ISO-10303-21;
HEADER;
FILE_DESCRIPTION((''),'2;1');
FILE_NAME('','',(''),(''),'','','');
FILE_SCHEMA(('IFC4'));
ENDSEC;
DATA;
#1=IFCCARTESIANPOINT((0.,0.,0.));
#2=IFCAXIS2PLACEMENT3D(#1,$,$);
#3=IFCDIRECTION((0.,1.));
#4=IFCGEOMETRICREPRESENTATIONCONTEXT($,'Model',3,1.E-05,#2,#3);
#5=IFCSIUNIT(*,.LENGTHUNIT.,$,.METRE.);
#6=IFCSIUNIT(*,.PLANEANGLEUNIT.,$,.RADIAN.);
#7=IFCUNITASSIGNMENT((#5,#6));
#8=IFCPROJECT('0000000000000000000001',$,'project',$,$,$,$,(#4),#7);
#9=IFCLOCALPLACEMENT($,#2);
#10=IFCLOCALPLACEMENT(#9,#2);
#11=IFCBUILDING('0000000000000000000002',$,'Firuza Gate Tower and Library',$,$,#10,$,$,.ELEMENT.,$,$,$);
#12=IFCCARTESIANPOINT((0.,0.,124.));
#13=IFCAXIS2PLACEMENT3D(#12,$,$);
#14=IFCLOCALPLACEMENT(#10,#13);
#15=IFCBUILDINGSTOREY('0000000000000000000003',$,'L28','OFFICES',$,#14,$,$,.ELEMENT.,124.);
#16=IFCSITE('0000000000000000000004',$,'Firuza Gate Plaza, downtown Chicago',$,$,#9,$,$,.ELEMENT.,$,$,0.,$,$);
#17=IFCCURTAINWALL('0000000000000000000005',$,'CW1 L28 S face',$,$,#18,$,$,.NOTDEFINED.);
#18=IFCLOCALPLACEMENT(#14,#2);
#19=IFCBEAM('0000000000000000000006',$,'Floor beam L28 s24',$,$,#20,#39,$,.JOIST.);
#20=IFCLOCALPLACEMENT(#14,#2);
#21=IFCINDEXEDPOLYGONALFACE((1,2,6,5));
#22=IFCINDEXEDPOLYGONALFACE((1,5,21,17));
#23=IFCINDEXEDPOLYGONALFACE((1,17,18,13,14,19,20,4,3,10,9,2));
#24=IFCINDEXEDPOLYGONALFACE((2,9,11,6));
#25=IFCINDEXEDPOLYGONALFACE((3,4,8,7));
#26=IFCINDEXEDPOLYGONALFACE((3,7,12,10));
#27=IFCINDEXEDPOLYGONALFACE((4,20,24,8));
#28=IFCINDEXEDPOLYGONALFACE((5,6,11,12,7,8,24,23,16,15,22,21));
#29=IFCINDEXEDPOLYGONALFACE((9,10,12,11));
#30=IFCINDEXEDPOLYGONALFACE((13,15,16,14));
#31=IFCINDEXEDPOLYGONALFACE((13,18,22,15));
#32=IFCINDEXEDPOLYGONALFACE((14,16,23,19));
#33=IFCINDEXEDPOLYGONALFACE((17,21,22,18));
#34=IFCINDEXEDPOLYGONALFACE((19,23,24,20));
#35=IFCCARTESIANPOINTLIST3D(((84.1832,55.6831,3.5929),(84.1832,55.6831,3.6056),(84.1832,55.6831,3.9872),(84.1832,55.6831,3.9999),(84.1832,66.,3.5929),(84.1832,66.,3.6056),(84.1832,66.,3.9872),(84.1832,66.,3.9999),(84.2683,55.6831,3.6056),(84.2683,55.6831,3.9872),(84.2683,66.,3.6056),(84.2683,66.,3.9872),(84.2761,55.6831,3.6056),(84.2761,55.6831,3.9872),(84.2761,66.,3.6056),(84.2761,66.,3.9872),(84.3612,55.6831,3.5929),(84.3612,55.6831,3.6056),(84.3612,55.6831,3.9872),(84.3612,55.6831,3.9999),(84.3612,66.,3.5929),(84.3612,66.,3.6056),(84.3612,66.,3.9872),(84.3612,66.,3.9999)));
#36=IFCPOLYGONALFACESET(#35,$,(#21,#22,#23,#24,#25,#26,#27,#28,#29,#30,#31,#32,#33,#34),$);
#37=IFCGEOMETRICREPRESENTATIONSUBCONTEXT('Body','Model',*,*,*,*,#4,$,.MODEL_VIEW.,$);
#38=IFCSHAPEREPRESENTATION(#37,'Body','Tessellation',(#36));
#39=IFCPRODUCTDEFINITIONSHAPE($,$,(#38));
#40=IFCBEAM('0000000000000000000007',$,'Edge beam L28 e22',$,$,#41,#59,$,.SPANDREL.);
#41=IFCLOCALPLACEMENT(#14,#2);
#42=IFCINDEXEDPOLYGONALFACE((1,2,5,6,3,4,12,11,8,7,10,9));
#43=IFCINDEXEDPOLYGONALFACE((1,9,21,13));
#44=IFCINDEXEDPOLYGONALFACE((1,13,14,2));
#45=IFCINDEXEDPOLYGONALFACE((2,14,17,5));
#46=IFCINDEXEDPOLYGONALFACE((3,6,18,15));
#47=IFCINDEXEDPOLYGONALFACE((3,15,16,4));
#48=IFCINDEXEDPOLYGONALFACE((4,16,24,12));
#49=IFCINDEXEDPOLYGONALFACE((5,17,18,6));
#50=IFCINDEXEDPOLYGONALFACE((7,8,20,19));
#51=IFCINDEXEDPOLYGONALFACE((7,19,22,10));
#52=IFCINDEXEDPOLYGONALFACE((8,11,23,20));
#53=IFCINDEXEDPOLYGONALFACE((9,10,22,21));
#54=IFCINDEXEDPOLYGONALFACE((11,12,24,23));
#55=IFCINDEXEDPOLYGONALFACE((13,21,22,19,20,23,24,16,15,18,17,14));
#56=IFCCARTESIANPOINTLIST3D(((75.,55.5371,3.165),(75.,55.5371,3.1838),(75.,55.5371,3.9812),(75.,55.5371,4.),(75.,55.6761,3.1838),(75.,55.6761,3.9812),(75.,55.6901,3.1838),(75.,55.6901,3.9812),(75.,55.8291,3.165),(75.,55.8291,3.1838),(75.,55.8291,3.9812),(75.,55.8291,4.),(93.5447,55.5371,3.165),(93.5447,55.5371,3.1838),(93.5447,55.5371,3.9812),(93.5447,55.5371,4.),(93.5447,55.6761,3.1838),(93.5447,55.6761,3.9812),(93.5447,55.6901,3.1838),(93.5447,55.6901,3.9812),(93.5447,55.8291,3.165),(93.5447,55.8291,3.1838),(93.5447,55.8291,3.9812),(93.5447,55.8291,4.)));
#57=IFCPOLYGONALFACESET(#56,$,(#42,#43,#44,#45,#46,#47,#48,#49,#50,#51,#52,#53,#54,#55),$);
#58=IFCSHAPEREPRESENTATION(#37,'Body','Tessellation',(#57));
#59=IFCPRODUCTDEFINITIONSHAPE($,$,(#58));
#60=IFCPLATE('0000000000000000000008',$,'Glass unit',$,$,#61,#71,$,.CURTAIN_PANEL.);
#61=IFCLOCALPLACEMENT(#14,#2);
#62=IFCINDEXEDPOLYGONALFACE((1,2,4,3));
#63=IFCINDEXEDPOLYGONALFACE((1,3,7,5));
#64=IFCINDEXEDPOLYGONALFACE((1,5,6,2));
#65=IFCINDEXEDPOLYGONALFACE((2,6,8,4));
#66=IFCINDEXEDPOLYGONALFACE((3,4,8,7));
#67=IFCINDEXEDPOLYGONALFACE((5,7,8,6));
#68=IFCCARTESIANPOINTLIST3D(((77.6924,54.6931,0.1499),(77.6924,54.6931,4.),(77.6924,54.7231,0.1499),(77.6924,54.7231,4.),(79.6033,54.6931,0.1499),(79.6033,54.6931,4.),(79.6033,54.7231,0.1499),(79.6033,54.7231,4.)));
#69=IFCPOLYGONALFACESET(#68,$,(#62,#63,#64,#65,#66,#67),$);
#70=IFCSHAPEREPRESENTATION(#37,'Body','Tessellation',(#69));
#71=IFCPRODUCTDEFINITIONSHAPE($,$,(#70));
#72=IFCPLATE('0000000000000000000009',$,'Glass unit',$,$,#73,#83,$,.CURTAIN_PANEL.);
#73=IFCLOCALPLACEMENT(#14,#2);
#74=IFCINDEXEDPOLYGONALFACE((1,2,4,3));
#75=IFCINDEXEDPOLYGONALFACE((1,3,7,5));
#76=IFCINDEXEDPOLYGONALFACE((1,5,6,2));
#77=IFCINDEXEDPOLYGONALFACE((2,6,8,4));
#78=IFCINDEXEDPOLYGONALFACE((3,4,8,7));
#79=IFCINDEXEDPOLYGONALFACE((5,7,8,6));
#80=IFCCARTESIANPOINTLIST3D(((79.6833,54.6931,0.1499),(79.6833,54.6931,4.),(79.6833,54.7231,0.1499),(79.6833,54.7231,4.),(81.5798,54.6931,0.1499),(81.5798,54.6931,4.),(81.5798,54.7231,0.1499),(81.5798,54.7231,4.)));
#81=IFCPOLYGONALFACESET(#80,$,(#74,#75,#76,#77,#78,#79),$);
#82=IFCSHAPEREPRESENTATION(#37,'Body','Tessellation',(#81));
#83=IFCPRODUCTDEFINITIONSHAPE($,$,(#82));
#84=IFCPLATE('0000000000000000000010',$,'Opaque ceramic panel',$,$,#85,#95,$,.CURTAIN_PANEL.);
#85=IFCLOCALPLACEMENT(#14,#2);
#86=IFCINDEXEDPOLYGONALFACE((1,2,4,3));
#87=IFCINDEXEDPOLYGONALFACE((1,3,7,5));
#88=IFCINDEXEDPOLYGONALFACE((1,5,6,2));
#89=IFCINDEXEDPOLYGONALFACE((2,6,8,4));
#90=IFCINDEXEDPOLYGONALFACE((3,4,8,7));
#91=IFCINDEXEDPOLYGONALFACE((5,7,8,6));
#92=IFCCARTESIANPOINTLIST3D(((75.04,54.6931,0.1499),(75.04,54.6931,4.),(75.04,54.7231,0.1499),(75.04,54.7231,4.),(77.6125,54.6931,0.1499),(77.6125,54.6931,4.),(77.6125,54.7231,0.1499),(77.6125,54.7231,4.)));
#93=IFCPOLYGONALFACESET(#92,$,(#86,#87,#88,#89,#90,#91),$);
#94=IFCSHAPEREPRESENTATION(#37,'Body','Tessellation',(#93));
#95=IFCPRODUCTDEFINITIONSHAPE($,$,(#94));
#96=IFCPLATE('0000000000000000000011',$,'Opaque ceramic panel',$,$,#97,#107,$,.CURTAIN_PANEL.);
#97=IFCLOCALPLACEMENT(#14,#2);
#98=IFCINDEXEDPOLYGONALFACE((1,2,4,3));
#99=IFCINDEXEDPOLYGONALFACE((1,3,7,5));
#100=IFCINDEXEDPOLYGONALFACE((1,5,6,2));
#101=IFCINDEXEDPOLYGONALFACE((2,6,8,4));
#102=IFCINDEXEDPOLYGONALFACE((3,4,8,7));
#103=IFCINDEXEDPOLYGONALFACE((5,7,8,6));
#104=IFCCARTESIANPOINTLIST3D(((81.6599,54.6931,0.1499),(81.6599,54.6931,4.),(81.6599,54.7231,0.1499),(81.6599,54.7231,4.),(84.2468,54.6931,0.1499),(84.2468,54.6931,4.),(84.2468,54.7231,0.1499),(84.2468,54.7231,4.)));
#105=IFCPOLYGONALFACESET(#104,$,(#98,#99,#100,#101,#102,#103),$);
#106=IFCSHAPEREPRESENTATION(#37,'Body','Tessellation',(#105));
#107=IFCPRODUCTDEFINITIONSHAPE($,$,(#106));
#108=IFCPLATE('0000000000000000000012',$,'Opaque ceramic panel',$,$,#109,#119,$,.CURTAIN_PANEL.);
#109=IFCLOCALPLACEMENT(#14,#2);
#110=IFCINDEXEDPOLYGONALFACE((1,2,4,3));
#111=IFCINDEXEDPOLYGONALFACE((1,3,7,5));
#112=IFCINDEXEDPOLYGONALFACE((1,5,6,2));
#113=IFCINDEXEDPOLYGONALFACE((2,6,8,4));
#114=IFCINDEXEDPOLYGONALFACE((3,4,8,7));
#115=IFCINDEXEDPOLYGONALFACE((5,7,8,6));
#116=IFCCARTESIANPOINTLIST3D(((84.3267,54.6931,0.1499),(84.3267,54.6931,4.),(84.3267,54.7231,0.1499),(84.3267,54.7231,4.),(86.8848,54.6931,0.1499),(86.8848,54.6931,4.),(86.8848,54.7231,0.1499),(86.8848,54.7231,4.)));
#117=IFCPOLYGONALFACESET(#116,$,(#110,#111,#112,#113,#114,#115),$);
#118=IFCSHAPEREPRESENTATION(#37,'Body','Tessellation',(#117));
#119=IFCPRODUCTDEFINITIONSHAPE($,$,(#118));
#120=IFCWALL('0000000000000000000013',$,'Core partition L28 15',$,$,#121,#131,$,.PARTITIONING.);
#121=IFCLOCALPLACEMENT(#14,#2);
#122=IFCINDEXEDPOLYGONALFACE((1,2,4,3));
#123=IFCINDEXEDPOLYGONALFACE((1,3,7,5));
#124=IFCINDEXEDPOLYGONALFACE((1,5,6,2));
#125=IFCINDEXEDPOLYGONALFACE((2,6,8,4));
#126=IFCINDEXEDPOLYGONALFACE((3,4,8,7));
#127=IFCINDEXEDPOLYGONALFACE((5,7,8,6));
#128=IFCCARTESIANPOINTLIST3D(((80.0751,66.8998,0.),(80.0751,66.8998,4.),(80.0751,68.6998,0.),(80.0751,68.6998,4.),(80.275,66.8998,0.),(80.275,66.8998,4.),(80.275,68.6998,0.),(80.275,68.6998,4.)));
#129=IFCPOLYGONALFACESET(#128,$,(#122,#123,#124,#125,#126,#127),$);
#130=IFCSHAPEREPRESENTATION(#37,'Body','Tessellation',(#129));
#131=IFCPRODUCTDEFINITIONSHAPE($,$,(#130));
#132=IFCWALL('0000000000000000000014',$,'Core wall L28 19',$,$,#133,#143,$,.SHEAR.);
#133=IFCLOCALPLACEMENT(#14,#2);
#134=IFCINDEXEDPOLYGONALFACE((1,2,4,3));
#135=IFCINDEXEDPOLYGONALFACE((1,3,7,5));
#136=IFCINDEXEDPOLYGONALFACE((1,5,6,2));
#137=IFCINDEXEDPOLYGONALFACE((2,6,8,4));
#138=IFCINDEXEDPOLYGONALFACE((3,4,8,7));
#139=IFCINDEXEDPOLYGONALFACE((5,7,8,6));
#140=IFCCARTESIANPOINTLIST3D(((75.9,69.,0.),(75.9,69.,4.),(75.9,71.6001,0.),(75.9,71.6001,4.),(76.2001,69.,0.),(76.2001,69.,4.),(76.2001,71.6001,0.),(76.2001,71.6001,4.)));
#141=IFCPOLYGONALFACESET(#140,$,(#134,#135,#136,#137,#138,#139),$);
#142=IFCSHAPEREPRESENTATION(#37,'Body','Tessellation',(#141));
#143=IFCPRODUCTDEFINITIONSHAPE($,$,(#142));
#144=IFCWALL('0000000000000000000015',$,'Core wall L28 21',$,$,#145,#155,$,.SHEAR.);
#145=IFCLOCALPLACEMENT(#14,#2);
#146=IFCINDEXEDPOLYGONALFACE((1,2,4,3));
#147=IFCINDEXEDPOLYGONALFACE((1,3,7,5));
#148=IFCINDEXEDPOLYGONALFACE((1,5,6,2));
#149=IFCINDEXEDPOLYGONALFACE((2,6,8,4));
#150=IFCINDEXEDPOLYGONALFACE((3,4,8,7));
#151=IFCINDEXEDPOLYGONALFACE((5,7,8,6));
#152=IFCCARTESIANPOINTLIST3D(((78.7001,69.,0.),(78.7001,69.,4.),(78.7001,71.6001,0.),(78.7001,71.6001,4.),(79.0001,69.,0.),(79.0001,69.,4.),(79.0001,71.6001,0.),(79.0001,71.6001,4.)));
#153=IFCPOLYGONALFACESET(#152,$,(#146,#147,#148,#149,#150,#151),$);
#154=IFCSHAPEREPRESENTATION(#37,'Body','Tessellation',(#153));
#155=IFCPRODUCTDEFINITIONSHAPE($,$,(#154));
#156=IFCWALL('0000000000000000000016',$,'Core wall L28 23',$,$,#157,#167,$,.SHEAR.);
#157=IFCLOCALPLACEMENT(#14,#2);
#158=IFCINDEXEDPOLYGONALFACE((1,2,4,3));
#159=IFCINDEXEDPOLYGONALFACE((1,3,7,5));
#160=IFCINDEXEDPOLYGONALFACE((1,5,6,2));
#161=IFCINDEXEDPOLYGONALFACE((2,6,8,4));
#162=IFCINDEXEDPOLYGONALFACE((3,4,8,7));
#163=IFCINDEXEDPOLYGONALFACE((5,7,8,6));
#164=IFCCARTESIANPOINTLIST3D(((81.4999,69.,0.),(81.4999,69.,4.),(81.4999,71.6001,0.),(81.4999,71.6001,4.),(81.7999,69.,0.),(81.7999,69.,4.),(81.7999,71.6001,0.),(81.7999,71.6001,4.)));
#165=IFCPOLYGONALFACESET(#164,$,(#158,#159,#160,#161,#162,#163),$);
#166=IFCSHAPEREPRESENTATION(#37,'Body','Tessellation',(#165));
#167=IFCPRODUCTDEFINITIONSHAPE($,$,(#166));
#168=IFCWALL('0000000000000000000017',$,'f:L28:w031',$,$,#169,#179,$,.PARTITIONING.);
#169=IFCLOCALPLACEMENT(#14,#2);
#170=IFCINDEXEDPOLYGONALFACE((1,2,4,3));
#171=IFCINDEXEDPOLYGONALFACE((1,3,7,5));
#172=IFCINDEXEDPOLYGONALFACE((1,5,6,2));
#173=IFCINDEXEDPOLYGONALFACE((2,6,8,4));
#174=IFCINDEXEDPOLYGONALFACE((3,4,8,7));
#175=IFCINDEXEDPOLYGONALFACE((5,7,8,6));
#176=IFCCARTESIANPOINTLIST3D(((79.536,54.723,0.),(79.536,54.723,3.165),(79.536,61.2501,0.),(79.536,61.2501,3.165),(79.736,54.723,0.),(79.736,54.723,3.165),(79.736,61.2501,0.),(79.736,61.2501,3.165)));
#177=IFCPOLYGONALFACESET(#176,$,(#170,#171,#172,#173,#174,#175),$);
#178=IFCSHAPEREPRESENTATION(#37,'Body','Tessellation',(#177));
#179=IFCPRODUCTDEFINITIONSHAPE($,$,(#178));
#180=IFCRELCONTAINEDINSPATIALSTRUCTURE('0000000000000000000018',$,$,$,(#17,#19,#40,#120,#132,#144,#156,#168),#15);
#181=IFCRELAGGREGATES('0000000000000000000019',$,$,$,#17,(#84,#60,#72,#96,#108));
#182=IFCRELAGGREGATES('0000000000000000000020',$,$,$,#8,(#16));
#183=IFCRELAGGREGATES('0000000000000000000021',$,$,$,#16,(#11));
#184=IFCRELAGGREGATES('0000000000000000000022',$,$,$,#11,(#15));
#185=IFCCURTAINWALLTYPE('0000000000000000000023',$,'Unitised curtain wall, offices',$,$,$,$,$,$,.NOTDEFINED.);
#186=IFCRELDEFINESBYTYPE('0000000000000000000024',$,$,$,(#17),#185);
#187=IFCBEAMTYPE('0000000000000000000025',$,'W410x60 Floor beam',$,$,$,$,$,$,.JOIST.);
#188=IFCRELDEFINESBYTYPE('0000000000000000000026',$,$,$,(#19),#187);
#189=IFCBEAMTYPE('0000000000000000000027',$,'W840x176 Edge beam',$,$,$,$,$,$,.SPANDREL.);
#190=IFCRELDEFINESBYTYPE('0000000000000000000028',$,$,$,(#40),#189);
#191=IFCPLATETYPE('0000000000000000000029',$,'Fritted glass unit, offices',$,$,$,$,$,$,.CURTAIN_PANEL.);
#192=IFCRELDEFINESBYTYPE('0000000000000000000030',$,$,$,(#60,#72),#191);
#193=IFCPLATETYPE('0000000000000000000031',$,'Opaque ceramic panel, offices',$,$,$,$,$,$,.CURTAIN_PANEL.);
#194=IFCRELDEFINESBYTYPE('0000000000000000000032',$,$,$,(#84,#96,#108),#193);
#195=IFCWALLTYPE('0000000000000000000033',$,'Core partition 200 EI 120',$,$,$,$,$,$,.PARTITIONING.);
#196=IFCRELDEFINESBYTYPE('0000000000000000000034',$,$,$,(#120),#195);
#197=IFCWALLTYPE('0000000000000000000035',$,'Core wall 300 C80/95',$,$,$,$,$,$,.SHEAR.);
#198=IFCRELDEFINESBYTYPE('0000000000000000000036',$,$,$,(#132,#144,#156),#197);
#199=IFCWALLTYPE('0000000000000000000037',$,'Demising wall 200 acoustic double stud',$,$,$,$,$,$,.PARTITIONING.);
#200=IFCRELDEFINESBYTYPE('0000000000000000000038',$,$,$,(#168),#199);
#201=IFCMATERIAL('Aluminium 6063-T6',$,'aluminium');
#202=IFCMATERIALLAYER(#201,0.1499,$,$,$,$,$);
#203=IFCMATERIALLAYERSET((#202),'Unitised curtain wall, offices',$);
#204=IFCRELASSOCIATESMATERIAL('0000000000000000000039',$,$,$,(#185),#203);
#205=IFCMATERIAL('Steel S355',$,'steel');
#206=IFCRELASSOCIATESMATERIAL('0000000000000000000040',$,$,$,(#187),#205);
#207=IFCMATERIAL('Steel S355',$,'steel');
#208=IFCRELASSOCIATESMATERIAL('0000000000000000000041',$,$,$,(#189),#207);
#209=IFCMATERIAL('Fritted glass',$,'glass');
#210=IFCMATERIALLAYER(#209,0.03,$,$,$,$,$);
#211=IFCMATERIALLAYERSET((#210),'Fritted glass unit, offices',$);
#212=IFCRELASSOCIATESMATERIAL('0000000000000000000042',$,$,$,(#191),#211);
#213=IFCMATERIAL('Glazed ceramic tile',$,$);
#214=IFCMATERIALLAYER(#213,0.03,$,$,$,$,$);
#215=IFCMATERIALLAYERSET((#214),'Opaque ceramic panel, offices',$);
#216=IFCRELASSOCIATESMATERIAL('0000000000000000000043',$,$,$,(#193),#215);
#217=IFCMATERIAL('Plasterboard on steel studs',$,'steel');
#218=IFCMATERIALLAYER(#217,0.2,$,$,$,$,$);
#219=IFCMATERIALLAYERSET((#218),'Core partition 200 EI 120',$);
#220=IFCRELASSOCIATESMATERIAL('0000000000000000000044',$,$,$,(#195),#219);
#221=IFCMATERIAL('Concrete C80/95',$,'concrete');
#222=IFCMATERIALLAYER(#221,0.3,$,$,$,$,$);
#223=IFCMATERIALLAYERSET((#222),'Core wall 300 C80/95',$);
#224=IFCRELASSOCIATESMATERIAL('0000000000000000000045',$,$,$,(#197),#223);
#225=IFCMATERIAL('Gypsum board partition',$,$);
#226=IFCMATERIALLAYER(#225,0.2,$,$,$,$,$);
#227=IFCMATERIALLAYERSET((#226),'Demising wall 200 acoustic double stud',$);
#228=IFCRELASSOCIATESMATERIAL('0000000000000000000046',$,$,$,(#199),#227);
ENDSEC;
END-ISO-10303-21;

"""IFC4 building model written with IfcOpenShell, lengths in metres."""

from ifc_helpers import new_model, si_unit, direction, frame, frame_2d, origin, origin_2d, place, context, subcontext, project, spatial, polyline, rectangle, i_section, outline, extrude, material, layer, layer_set, material_profile, profile_set, type_object, element, aggregate, save


model = new_model("IFC4")

# Units and contexts
model_context = context("Model", 3, precision=1e-05, world=origin(), true_north=direction((0.0, 1.0)))
body_context = subcontext(model_context, "Body", "Model", "MODEL_VIEW")
ifc_project = project(units=[si_unit("LENGTHUNIT", "METRE"), si_unit("PLANEANGLEUNIT", "RADIAN")], contexts=[model_context])

# Site, building, storey
site_placement = place(None, origin())
site = spatial("IfcSite", under=ifc_project, at=site_placement, Name="Firuza Gate Plaza, downtown Chicago", CompositionType="ELEMENT", RefElevation=0.0)
building_placement = place(site_placement, origin())
building = spatial("IfcBuilding", under=site, at=building_placement, Name="Firuza Gate Tower and Library", CompositionType="ELEMENT")
storey_placement = place(building_placement, frame((0.0, 0.0, 124.0)))
storey = spatial("IfcBuildingStorey", under=building, at=storey_placement, Name="L28", Description="OFFICES", CompositionType="ELEMENT", Elevation=124.0)

# Curtain wall
ifc_material_1 = material(Name="Aluminium 6063-T6", Category="aluminium")
ifc_layer_1 = layer(ifc_material_1, 0.1499)
ifc_layer_set_1 = layer_set([ifc_layer_1], Name="Unitised curtain wall, offices")
curtain_wall_type = type_object("IfcCurtainWallType", Name="Unitised curtain wall, offices", PredefinedType="NOTDEFINED", material=ifc_layer_set_1)
curtain_wall_placement = place(storey_placement, origin())
curtain_wall = element("IfcCurtainWall", 1, at=curtain_wall_placement, inside=storey, type_object=curtain_wall_type, Name="CW1 L28 S face", PredefinedType="NOTDEFINED")

# Beams
ifc_material_2 = material(Name="Steel S355", Category="steel")
ifc_material_profile_1 = material_profile(ifc_material_2, i_section(OverallWidth=0.178, OverallDepth=0.407, WebThickness=0.0078, FlangeThickness=0.0127, at=origin_2d()))
ifc_profile_set_1 = profile_set([ifc_material_profile_1], Name="Steel S355")
beam_type_1 = type_object("IfcBeamType", Name="W410x60 Floor beam", PredefinedType="JOIST", material=ifc_profile_set_1)
for number, where, z_axis, x_axis, name in (
    (2, (84.2722, 55.6831, 3.7964), (0.0, 1.0, 0.0), (-1.0, 0.0, 0.0), "Floor beam L28 s24"),
):
    element("IfcBeam", number, at=place(storey_placement, frame(where, z_axis=z_axis, x_axis=x_axis)), inside=storey, type_object=beam_type_1, Name=name, PredefinedType="JOIST", context=body_context, shape_type="SweptSolid", body=[
        extrude(i_section(OverallWidth=0.178, OverallDepth=0.407, WebThickness=0.0078, FlangeThickness=0.0127, at=origin_2d()), origin(), (0.0, 0.0, 1.0), 10.3169),
    ])
ifc_material_3 = material(Name="Steel S355", Category="steel")
ifc_material_profile_2 = material_profile(ifc_material_3, i_section(OverallWidth=0.292, OverallDepth=0.835, WebThickness=0.0139, FlangeThickness=0.0188, at=origin_2d()))
ifc_profile_set_2 = profile_set([ifc_material_profile_2], Name="Steel S355")
beam_type_2 = type_object("IfcBeamType", Name="W840x176 Edge beam", PredefinedType="SPANDREL", material=ifc_profile_set_2)
beam_placement = place(storey_placement, frame((75.0, 55.6831, 3.5825), z_axis=(1.0, 0.0, 0.0), x_axis=(0.0, 1.0, 0.0)))
element("IfcBeam", 3, at=beam_placement, inside=storey, type_object=beam_type_2, Name="Edge beam L28 e22", PredefinedType="SPANDREL", context=body_context, shape_type="SweptSolid", body=[
    extrude(i_section(OverallWidth=0.292, OverallDepth=0.835, WebThickness=0.0139, FlangeThickness=0.0188, at=origin_2d()), origin(), (0.0, 0.0, 1.0), 18.5447),
])

# Plates
ifc_material_4 = material(Name="Fritted glass", Category="glass")
ifc_layer_2 = layer(ifc_material_4, 0.03)
ifc_layer_set_2 = layer_set([ifc_layer_2], Name="Fritted glass unit, offices")
plate_type_1 = type_object("IfcPlateType", Name="Fritted glass unit, offices", PredefinedType="CURTAIN_PANEL", material=ifc_layer_set_2)
plate_1_placement = place(storey_placement, frame((77.6924, 54.6931, 0.1499), z_axis=(0.0, -1.0, 0.0), x_axis=(1.0, 0.0, 0.0)))
plate_1 = element("IfcPlate", 4, at=plate_1_placement, type_object=plate_type_1, Name="Glass unit", PredefinedType="CURTAIN_PANEL", context=body_context, shape_type="SweptSolid", body=[
    extrude(outline(polyline([(0.0, 0.0), (1.9109, 0.0), (1.9109, 3.8501), (0.0, 3.8501), (0.0, 0.0)])), origin(), (0.0, 0.0, -1.0), 0.03),
])
plate_2_placement = place(storey_placement, frame((79.6833, 54.6931, 0.1499), z_axis=(0.0, -1.0, 0.0), x_axis=(1.0, 0.0, 0.0)))
plate_2 = element("IfcPlate", 5, at=plate_2_placement, type_object=plate_type_1, Name="Glass unit", PredefinedType="CURTAIN_PANEL", context=body_context, shape_type="SweptSolid", body=[
    extrude(outline(polyline([(0.0, 0.0), (1.8965, 0.0), (1.8965, 3.8501), (0.0, 3.8501), (0.0, 0.0)])), origin(), (0.0, 0.0, -1.0), 0.03),
])
ifc_material_5 = material(Name="Glazed ceramic tile")
ifc_layer_3 = layer(ifc_material_5, 0.03)
ifc_layer_set_3 = layer_set([ifc_layer_3], Name="Opaque ceramic panel, offices")
plate_type_2 = type_object("IfcPlateType", Name="Opaque ceramic panel, offices", PredefinedType="CURTAIN_PANEL", material=ifc_layer_set_3)
plate_3_placement = place(storey_placement, frame((75.04, 54.6931, 0.1499), z_axis=(0.0, -1.0, 0.0), x_axis=(1.0, 0.0, 0.0)))
plate_3 = element("IfcPlate", 6, at=plate_3_placement, type_object=plate_type_2, Name="Opaque ceramic panel", PredefinedType="CURTAIN_PANEL", context=body_context, shape_type="SweptSolid", body=[
    extrude(outline(polyline([(0.0, 0.0), (2.5725, 0.0), (2.5725, 3.8501), (0.0, 3.8501), (0.0, 0.0)])), origin(), (0.0, 0.0, -1.0), 0.03),
])
plate_4_placement = place(storey_placement, frame((81.6599, 54.6931, 0.1499), z_axis=(0.0, -1.0, 0.0), x_axis=(1.0, 0.0, 0.0)))
plate_4 = element("IfcPlate", 7, at=plate_4_placement, type_object=plate_type_2, Name="Opaque ceramic panel", PredefinedType="CURTAIN_PANEL", context=body_context, shape_type="SweptSolid", body=[
    extrude(outline(polyline([(0.0, 0.0), (2.5869, 0.0), (2.5869, 3.8501), (0.0, 3.8501), (0.0, 0.0)])), origin(), (0.0, 0.0, -1.0), 0.03),
])
plate_5_placement = place(storey_placement, frame((84.3267, 54.6931, 0.1499), z_axis=(0.0, -1.0, 0.0), x_axis=(1.0, 0.0, 0.0)))
plate_5 = element("IfcPlate", 8, at=plate_5_placement, type_object=plate_type_2, Name="Opaque ceramic panel", PredefinedType="CURTAIN_PANEL", context=body_context, shape_type="SweptSolid", body=[
    extrude(outline(polyline([(0.0, 0.0), (2.5581, 0.0), (2.5581, 3.8501), (0.0, 3.8501), (0.0, 0.0)])), origin(), (0.0, 0.0, -1.0), 0.03),
])
aggregate(curtain_wall, [plate_3, plate_1, plate_2, plate_4, plate_5])

# Walls
ifc_material_6 = material(Name="Plasterboard on steel studs", Category="steel")
ifc_layer_4 = layer(ifc_material_6, 0.2)
ifc_layer_set_4 = layer_set([ifc_layer_4], Name="Core partition 200 EI 120")
wall_type_1 = type_object("IfcWallType", Name="Core partition 200 EI 120", PredefinedType="PARTITIONING", material=ifc_layer_set_4)
wall_1_placement = place(storey_placement, frame((80.175, 66.8999, 0.0), z_axis=(0.0, 0.0, 1.0), x_axis=(0.0, 1.0, 0.0)))
element("IfcWall", 9, at=wall_1_placement, inside=storey, type_object=wall_type_1, Name="Core partition L28 15", PredefinedType="PARTITIONING", context=body_context, shape_type="SweptSolid", body=[
    extrude(rectangle(XDim=1.8, YDim=0.2, at=frame_2d((0.8999, 0.0))), origin(), (0.0, 0.0, 1.0), 4.0),
])
ifc_material_7 = material(Name="Concrete C80/95", Category="concrete")
ifc_layer_5 = layer(ifc_material_7, 0.3)
ifc_layer_set_5 = layer_set([ifc_layer_5], Name="Core wall 300 C80/95")
wall_type_2 = type_object("IfcWallType", Name="Core wall 300 C80/95", PredefinedType="SHEAR", material=ifc_layer_set_5)
for number, where, z_axis, x_axis, name in (
    (10, (76.05, 69.0, 0.0), (0.0, 0.0, 1.0), (0.0, 1.0, 0.0), "Core wall L28 19"),
    (11, (78.8501, 69.0, 0.0), (0.0, 0.0, 1.0), (0.0, 1.0, 0.0), "Core wall L28 21"),
    (12, (81.6499, 69.0, 0.0), (0.0, 0.0, 1.0), (0.0, 1.0, 0.0), "Core wall L28 23"),
):
    element("IfcWall", number, at=place(storey_placement, frame(where, z_axis=z_axis, x_axis=x_axis)), inside=storey, type_object=wall_type_2, Name=name, PredefinedType="SHEAR", context=body_context, shape_type="SweptSolid", body=[
        extrude(rectangle(XDim=2.6001, YDim=0.3, at=frame_2d((1.3, 0.0))), origin(), (0.0, 0.0, 1.0), 4.0),
    ])
ifc_material_8 = material(Name="Gypsum board partition")
ifc_layer_6 = layer(ifc_material_8, 0.2)
ifc_layer_set_6 = layer_set([ifc_layer_6], Name="Demising wall 200 acoustic double stud")
wall_type_3 = type_object("IfcWallType", Name="Demising wall 200 acoustic double stud", PredefinedType="PARTITIONING", material=ifc_layer_set_6)
wall_2_placement = place(storey_placement, frame((79.636, 54.7229, 0.0), z_axis=(0.0, 0.0, 1.0), x_axis=(0.0, 1.0, 0.0)))
element("IfcWall", 13, at=wall_2_placement, inside=storey, type_object=wall_type_3, Name="f:L28:w031", PredefinedType="PARTITIONING", context=body_context, shape_type="SweptSolid", body=[
    extrude(rectangle(XDim=6.5271, YDim=0.2, at=frame_2d((3.2637, 0.0))), origin(), (0.0, 0.0, 1.0), 3.165),
])

save(model, "model.ifc")
